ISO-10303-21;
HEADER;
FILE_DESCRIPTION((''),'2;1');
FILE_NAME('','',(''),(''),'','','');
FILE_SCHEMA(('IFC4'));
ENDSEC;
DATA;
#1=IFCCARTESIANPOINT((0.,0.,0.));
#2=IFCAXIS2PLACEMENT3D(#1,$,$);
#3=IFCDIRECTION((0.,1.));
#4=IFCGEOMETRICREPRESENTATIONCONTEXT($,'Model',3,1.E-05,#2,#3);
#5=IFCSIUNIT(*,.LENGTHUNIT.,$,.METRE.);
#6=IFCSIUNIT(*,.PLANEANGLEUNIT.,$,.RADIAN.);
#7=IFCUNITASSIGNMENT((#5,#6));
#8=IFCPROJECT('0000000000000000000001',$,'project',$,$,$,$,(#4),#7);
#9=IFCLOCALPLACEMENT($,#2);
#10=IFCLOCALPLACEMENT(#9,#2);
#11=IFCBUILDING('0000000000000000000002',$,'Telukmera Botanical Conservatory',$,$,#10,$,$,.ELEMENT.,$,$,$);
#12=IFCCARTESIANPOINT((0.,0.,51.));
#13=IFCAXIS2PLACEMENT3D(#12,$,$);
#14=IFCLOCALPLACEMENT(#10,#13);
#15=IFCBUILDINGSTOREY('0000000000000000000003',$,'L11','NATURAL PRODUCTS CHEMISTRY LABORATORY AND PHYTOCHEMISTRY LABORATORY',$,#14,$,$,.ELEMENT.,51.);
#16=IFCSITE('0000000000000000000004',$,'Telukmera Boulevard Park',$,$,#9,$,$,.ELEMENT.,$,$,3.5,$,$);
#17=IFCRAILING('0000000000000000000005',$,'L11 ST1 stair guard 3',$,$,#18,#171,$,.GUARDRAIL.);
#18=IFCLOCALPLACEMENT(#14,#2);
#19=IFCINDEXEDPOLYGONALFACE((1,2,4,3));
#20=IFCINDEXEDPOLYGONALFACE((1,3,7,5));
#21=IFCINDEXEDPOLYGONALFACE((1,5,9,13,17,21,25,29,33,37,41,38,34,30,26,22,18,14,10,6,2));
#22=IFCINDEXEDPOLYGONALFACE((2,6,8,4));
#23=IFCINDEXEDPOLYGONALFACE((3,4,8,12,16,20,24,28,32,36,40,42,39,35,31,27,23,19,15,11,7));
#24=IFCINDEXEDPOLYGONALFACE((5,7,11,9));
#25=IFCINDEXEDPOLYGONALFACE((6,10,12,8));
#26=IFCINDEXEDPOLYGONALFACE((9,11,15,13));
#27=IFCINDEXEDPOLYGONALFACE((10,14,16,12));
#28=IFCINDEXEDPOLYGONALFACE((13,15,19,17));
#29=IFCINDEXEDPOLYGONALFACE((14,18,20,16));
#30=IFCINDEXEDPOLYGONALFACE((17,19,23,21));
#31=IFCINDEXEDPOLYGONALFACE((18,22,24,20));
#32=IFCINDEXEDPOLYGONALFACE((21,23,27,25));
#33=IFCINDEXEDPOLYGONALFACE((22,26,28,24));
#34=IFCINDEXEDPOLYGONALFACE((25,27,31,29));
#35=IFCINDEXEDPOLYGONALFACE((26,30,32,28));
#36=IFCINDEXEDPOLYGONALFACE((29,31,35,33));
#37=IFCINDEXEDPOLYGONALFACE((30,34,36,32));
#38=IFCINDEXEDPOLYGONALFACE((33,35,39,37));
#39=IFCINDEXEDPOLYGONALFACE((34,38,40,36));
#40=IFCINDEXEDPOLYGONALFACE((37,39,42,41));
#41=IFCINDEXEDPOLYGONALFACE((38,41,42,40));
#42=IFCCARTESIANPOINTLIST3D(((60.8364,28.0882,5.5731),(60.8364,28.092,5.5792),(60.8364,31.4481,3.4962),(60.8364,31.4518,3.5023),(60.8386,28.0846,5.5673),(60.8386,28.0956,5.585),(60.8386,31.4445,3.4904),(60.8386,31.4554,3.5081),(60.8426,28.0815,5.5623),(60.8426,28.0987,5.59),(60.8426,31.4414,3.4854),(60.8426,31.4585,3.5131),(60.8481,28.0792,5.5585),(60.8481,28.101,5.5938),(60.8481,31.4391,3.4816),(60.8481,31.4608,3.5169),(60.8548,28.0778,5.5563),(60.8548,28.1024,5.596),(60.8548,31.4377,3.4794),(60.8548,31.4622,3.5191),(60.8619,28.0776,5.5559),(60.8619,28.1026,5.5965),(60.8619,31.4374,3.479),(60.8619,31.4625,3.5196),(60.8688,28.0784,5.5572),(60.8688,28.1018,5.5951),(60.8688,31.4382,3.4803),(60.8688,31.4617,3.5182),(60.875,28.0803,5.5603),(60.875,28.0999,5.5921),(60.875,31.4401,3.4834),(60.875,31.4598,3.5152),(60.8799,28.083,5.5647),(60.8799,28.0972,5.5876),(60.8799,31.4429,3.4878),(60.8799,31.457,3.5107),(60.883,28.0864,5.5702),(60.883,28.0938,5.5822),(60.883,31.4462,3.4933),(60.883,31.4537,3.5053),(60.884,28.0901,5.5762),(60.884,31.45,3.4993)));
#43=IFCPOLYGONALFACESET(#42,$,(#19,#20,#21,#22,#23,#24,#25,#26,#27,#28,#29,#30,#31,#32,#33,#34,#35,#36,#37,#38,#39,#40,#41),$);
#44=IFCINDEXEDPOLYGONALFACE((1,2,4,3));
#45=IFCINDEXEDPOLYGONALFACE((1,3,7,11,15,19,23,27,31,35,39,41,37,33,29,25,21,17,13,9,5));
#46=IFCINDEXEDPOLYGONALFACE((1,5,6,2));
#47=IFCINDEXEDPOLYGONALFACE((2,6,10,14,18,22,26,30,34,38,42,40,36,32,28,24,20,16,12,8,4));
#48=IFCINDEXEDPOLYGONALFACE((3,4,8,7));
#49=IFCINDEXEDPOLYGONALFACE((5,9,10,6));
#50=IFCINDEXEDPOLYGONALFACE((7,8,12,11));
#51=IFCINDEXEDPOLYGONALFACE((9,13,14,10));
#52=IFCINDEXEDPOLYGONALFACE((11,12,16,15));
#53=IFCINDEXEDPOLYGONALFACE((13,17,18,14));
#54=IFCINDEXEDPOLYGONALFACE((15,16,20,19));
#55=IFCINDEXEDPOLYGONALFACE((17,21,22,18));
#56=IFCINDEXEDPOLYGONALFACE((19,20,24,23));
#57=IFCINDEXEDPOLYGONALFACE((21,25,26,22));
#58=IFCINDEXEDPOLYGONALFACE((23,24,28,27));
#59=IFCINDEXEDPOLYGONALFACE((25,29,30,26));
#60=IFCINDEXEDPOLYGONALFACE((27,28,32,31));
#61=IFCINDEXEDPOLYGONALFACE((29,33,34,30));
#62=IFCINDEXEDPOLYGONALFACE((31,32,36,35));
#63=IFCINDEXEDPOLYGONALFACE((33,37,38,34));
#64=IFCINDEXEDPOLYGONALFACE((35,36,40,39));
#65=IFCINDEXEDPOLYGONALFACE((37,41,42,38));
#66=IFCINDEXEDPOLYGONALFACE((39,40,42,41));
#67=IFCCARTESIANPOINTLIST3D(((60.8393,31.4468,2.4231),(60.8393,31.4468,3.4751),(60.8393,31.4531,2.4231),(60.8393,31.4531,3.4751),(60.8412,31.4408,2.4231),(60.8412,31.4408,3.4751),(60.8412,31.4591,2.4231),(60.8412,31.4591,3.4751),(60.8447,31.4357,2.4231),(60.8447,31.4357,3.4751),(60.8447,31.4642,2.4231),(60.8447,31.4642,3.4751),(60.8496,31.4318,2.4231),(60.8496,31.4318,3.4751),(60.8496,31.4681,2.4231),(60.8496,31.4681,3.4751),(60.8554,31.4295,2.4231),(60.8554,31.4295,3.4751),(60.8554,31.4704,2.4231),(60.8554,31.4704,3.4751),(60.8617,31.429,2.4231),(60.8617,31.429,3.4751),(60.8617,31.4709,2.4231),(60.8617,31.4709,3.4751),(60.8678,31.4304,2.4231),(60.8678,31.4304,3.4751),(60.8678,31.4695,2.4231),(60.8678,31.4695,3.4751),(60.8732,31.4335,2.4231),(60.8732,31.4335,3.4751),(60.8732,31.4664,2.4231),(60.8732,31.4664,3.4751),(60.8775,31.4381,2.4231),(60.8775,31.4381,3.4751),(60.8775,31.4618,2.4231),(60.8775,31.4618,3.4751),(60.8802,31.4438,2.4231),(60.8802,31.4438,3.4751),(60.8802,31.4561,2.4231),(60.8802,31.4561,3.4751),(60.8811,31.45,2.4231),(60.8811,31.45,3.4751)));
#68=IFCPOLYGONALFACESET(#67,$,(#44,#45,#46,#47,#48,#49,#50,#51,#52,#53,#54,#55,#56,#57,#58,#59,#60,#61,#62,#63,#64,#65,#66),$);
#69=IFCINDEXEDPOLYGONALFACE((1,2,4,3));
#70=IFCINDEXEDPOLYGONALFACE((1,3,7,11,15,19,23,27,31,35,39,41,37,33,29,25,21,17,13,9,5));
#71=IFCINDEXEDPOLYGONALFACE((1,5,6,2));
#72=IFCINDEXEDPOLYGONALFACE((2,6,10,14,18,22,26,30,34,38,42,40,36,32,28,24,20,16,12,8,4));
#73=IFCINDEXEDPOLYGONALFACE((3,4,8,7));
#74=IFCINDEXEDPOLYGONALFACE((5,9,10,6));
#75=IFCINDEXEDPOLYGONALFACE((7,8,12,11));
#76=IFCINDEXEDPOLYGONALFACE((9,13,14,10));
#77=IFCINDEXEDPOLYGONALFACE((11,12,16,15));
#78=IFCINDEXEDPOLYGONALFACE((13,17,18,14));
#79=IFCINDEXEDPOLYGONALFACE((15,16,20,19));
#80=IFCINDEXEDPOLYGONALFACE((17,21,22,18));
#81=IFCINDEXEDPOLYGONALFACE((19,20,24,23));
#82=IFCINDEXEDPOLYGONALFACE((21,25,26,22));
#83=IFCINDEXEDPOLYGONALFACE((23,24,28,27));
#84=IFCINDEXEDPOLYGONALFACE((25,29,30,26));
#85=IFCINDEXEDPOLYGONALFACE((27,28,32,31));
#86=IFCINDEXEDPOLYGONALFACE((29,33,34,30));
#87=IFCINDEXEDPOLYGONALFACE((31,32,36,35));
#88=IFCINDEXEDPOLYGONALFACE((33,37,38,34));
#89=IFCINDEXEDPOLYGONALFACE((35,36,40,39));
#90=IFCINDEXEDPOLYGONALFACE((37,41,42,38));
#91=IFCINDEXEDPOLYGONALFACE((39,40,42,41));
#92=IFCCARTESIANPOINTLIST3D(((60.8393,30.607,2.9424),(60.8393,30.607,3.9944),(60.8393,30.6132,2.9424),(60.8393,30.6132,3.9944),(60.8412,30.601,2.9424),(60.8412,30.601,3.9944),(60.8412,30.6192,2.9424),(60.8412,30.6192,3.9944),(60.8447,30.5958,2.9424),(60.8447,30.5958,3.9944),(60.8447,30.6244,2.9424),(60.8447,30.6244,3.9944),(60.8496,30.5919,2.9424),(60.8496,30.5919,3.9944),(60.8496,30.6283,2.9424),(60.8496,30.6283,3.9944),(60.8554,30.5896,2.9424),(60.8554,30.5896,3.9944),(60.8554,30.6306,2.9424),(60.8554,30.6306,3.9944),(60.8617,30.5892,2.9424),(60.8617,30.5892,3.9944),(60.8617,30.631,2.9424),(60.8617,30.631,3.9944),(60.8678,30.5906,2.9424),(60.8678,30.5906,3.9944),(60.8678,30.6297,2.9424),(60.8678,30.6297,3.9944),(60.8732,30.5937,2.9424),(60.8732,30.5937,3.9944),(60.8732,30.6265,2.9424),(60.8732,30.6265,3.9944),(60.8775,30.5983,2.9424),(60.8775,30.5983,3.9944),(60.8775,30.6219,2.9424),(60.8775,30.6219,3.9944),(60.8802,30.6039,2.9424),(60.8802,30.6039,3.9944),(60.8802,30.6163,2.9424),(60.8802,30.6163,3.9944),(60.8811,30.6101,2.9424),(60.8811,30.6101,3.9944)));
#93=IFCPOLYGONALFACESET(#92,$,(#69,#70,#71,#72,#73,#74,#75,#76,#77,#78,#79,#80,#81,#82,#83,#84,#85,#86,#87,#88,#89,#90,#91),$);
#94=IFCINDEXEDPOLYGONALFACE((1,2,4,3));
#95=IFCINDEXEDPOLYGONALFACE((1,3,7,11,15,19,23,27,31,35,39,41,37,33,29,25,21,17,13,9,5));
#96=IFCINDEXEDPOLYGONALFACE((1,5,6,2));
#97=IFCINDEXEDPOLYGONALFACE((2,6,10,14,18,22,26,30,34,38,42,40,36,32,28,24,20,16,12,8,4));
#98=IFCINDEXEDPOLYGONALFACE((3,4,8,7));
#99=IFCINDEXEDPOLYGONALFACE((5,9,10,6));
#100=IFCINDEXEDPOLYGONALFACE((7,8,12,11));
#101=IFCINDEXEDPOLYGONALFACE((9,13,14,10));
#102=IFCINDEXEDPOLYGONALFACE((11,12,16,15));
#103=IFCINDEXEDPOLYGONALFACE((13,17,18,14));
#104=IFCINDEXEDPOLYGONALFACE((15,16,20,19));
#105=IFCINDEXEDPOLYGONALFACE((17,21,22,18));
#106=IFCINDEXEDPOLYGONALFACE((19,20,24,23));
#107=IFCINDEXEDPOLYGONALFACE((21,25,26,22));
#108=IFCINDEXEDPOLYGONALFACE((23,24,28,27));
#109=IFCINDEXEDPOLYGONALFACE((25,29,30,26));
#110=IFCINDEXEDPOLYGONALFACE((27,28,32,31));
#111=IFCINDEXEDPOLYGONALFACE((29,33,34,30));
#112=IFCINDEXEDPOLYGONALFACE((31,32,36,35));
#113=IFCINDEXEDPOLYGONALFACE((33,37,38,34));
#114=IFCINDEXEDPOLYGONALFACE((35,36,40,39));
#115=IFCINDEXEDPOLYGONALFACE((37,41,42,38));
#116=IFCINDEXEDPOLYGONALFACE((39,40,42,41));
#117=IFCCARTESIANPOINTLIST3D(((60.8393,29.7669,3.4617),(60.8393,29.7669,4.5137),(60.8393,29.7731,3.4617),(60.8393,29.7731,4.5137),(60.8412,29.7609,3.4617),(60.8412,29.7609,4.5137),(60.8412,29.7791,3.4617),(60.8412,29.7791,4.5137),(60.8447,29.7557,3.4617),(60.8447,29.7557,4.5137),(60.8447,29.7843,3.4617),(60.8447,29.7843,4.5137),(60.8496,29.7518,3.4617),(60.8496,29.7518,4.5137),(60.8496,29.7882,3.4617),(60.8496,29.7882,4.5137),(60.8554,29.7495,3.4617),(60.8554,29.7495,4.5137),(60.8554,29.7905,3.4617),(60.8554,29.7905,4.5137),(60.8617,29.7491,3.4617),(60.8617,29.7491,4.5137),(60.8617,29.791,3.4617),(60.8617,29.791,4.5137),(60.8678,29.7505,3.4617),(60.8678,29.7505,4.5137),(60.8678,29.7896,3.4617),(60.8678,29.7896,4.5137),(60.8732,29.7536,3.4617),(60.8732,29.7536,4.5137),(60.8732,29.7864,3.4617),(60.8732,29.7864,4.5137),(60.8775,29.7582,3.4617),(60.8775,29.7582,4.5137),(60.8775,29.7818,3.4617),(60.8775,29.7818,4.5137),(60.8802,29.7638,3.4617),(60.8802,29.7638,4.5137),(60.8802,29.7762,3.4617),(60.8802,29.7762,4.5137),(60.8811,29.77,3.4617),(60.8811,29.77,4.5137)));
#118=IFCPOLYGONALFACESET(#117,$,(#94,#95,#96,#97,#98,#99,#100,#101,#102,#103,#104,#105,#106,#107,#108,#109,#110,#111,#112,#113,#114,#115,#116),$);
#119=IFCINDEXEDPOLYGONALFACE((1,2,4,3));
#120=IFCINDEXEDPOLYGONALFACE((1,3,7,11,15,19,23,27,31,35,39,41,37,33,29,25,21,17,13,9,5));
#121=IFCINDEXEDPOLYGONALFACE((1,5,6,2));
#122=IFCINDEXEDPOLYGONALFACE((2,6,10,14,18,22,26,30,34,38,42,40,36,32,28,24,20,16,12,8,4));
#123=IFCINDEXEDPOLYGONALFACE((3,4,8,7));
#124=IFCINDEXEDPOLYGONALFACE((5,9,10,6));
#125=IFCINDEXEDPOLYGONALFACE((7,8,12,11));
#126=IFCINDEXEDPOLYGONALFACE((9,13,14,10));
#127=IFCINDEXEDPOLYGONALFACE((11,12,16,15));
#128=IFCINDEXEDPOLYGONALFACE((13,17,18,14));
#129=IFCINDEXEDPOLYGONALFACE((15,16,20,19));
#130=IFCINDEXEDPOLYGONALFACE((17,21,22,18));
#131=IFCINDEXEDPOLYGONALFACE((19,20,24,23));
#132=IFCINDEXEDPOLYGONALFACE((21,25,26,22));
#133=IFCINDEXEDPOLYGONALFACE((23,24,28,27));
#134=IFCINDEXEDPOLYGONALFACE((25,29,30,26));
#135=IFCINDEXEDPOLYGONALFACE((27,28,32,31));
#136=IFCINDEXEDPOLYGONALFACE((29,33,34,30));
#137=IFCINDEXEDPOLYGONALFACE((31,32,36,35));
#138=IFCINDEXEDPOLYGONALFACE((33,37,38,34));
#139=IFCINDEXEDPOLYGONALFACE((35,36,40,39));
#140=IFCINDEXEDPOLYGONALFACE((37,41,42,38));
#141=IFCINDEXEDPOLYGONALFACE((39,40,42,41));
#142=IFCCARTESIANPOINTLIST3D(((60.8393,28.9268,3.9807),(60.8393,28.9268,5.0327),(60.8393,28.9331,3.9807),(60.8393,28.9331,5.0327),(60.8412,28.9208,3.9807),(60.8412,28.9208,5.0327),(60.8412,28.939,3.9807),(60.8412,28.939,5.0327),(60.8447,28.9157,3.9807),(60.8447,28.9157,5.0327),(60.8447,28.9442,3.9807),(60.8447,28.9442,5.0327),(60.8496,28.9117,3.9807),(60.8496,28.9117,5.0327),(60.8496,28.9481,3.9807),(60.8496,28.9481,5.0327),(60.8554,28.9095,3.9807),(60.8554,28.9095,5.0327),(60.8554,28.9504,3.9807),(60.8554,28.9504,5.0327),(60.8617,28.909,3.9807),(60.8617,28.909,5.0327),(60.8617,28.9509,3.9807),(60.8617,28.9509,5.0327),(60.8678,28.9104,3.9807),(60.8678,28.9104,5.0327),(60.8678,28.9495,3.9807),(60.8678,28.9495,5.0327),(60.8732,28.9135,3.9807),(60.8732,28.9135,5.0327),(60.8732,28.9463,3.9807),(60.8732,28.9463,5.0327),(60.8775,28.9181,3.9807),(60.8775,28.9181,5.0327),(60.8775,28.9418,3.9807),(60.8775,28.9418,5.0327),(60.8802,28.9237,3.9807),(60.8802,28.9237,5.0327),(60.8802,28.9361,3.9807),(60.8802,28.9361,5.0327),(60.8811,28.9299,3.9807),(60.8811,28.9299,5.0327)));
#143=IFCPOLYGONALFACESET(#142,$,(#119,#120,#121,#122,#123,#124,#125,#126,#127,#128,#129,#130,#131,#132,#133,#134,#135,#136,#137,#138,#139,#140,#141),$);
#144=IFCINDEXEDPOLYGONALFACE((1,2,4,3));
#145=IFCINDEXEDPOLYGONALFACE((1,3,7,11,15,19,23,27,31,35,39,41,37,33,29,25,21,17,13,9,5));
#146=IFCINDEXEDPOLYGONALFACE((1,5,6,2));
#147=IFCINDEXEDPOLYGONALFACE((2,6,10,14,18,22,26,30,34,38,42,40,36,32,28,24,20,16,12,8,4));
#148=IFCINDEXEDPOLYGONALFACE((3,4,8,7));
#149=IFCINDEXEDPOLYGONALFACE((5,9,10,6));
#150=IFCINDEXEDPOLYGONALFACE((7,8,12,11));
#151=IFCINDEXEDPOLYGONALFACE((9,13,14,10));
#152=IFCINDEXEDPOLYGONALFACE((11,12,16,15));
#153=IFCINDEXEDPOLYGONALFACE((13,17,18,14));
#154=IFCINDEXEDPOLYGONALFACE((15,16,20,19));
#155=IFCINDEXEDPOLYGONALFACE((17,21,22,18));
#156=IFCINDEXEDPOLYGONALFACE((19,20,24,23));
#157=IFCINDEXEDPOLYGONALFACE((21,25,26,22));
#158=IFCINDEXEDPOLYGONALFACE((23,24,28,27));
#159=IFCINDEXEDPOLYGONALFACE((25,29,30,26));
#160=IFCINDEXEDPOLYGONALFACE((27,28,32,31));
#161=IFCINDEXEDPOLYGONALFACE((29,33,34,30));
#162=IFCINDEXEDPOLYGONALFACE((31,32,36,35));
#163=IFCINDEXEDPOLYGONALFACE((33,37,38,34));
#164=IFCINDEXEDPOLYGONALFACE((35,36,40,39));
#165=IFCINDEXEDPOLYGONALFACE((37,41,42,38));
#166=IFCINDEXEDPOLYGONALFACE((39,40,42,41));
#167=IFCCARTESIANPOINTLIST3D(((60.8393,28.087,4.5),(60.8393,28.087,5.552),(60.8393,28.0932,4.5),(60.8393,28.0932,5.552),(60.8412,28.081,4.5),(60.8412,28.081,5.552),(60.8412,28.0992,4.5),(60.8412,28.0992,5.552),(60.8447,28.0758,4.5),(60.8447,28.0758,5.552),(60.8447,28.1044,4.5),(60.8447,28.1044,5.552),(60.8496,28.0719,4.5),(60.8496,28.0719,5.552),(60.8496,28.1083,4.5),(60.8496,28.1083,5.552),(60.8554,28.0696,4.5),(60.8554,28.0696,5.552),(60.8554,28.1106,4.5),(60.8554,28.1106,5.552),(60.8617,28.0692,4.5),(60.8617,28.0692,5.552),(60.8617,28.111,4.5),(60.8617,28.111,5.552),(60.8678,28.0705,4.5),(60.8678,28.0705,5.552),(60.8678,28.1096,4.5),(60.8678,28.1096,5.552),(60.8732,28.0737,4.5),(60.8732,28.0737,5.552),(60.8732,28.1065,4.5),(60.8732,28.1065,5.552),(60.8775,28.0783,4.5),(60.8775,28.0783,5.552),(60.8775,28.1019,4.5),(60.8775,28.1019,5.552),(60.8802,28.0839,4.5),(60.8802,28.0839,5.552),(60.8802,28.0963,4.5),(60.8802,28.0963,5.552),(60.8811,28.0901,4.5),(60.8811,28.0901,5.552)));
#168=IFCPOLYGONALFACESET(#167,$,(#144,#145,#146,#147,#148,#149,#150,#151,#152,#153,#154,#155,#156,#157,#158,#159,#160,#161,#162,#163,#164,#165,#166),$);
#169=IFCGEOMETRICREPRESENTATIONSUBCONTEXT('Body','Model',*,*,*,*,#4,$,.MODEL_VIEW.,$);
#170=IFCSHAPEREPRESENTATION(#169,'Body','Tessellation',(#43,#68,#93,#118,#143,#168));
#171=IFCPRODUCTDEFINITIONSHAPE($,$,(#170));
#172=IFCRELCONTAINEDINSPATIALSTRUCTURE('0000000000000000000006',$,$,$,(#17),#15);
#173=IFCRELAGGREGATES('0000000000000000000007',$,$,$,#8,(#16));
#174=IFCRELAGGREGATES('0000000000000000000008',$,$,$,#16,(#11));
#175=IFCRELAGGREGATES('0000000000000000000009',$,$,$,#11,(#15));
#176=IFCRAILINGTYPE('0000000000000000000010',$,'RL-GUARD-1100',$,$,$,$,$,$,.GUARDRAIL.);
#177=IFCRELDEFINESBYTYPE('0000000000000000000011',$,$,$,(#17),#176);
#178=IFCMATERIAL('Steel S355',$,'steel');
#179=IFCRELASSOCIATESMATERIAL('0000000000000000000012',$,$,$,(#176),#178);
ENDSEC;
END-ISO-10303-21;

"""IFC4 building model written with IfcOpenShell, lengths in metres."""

from ifc_helpers import new_model, si_unit, direction, frame, origin, origin_2d, place, context, subcontext, project, spatial, circle, extrude, material, type_object, element, save


model = new_model("IFC4")

# Units and contexts
model_context = context("Model", 3, precision=1e-05, world=origin(), true_north=direction((0.0, 1.0)))
body_context = subcontext(model_context, "Body", "Model", "MODEL_VIEW")
ifc_project = project(units=[si_unit("LENGTHUNIT", "METRE"), si_unit("PLANEANGLEUNIT", "RADIAN")], contexts=[model_context])

# Site, building, storey
site_placement = place(None, origin())
site = spatial("IfcSite", under=ifc_project, at=site_placement, Name="Telukmera Boulevard Park", CompositionType="ELEMENT", RefElevation=3.5)
building_placement = place(site_placement, origin())
building = spatial("IfcBuilding", under=site, at=building_placement, Name="Telukmera Botanical Conservatory", CompositionType="ELEMENT")
storey_placement = place(building_placement, frame((0.0, 0.0, 51.0)))
storey = spatial("IfcBuildingStorey", under=building, at=storey_placement, Name="L11", Description="NATURAL PRODUCTS CHEMISTRY LABORATORY AND PHYTOCHEMISTRY LABORATORY", CompositionType="ELEMENT", Elevation=51.0)

# Railing
ifc_material_1 = material(Name="Steel S355", Category="steel")
railing_type_1 = type_object("IfcRailingType", Name="RL-GUARD-1100", PredefinedType="GUARDRAIL", material=ifc_material_1)
railing_1_placement = place(storey_placement, frame((60.8601, 31.45, 2.4231)))
element("IfcRailing", 1, at=railing_1_placement, inside=storey, type_object=railing_type_1, Name="L11 ST1 stair guard 3", PredefinedType="GUARDRAIL", context=body_context, shape_type="SweptSolid", body=[
    extrude(circle(Radius=0.0239, at=origin_2d()), frame((0.0, 0.0, 1.0762), z_axis=(0.0, -0.850606, 0.525803), x_axis=(1.0, 0.0, 0.0)), (0.0, 0.0, 1.0), 3.95),
    extrude(circle(Radius=0.021, at=origin_2d()), origin(), (0.0, 0.0, 1.0), 1.052),
    extrude(circle(Radius=0.021, at=origin_2d()), frame((0.0, -0.8398, 0.5193)), (0.0, 0.0, 1.0), 1.052),
    extrude(circle(Radius=0.021, at=origin_2d()), frame((0.0, -1.6799, 1.0386)), (0.0, 0.0, 1.0), 1.052),
    extrude(circle(Radius=0.021, at=origin_2d()), frame((0.0, -2.52, 1.5576)), (0.0, 0.0, 1.0), 1.052),
    extrude(circle(Radius=0.021, at=origin_2d()), frame((0.0, -3.3599, 2.0769)), (0.0, 0.0, 1.0), 1.052),
])

save(model, "model.ifc")
